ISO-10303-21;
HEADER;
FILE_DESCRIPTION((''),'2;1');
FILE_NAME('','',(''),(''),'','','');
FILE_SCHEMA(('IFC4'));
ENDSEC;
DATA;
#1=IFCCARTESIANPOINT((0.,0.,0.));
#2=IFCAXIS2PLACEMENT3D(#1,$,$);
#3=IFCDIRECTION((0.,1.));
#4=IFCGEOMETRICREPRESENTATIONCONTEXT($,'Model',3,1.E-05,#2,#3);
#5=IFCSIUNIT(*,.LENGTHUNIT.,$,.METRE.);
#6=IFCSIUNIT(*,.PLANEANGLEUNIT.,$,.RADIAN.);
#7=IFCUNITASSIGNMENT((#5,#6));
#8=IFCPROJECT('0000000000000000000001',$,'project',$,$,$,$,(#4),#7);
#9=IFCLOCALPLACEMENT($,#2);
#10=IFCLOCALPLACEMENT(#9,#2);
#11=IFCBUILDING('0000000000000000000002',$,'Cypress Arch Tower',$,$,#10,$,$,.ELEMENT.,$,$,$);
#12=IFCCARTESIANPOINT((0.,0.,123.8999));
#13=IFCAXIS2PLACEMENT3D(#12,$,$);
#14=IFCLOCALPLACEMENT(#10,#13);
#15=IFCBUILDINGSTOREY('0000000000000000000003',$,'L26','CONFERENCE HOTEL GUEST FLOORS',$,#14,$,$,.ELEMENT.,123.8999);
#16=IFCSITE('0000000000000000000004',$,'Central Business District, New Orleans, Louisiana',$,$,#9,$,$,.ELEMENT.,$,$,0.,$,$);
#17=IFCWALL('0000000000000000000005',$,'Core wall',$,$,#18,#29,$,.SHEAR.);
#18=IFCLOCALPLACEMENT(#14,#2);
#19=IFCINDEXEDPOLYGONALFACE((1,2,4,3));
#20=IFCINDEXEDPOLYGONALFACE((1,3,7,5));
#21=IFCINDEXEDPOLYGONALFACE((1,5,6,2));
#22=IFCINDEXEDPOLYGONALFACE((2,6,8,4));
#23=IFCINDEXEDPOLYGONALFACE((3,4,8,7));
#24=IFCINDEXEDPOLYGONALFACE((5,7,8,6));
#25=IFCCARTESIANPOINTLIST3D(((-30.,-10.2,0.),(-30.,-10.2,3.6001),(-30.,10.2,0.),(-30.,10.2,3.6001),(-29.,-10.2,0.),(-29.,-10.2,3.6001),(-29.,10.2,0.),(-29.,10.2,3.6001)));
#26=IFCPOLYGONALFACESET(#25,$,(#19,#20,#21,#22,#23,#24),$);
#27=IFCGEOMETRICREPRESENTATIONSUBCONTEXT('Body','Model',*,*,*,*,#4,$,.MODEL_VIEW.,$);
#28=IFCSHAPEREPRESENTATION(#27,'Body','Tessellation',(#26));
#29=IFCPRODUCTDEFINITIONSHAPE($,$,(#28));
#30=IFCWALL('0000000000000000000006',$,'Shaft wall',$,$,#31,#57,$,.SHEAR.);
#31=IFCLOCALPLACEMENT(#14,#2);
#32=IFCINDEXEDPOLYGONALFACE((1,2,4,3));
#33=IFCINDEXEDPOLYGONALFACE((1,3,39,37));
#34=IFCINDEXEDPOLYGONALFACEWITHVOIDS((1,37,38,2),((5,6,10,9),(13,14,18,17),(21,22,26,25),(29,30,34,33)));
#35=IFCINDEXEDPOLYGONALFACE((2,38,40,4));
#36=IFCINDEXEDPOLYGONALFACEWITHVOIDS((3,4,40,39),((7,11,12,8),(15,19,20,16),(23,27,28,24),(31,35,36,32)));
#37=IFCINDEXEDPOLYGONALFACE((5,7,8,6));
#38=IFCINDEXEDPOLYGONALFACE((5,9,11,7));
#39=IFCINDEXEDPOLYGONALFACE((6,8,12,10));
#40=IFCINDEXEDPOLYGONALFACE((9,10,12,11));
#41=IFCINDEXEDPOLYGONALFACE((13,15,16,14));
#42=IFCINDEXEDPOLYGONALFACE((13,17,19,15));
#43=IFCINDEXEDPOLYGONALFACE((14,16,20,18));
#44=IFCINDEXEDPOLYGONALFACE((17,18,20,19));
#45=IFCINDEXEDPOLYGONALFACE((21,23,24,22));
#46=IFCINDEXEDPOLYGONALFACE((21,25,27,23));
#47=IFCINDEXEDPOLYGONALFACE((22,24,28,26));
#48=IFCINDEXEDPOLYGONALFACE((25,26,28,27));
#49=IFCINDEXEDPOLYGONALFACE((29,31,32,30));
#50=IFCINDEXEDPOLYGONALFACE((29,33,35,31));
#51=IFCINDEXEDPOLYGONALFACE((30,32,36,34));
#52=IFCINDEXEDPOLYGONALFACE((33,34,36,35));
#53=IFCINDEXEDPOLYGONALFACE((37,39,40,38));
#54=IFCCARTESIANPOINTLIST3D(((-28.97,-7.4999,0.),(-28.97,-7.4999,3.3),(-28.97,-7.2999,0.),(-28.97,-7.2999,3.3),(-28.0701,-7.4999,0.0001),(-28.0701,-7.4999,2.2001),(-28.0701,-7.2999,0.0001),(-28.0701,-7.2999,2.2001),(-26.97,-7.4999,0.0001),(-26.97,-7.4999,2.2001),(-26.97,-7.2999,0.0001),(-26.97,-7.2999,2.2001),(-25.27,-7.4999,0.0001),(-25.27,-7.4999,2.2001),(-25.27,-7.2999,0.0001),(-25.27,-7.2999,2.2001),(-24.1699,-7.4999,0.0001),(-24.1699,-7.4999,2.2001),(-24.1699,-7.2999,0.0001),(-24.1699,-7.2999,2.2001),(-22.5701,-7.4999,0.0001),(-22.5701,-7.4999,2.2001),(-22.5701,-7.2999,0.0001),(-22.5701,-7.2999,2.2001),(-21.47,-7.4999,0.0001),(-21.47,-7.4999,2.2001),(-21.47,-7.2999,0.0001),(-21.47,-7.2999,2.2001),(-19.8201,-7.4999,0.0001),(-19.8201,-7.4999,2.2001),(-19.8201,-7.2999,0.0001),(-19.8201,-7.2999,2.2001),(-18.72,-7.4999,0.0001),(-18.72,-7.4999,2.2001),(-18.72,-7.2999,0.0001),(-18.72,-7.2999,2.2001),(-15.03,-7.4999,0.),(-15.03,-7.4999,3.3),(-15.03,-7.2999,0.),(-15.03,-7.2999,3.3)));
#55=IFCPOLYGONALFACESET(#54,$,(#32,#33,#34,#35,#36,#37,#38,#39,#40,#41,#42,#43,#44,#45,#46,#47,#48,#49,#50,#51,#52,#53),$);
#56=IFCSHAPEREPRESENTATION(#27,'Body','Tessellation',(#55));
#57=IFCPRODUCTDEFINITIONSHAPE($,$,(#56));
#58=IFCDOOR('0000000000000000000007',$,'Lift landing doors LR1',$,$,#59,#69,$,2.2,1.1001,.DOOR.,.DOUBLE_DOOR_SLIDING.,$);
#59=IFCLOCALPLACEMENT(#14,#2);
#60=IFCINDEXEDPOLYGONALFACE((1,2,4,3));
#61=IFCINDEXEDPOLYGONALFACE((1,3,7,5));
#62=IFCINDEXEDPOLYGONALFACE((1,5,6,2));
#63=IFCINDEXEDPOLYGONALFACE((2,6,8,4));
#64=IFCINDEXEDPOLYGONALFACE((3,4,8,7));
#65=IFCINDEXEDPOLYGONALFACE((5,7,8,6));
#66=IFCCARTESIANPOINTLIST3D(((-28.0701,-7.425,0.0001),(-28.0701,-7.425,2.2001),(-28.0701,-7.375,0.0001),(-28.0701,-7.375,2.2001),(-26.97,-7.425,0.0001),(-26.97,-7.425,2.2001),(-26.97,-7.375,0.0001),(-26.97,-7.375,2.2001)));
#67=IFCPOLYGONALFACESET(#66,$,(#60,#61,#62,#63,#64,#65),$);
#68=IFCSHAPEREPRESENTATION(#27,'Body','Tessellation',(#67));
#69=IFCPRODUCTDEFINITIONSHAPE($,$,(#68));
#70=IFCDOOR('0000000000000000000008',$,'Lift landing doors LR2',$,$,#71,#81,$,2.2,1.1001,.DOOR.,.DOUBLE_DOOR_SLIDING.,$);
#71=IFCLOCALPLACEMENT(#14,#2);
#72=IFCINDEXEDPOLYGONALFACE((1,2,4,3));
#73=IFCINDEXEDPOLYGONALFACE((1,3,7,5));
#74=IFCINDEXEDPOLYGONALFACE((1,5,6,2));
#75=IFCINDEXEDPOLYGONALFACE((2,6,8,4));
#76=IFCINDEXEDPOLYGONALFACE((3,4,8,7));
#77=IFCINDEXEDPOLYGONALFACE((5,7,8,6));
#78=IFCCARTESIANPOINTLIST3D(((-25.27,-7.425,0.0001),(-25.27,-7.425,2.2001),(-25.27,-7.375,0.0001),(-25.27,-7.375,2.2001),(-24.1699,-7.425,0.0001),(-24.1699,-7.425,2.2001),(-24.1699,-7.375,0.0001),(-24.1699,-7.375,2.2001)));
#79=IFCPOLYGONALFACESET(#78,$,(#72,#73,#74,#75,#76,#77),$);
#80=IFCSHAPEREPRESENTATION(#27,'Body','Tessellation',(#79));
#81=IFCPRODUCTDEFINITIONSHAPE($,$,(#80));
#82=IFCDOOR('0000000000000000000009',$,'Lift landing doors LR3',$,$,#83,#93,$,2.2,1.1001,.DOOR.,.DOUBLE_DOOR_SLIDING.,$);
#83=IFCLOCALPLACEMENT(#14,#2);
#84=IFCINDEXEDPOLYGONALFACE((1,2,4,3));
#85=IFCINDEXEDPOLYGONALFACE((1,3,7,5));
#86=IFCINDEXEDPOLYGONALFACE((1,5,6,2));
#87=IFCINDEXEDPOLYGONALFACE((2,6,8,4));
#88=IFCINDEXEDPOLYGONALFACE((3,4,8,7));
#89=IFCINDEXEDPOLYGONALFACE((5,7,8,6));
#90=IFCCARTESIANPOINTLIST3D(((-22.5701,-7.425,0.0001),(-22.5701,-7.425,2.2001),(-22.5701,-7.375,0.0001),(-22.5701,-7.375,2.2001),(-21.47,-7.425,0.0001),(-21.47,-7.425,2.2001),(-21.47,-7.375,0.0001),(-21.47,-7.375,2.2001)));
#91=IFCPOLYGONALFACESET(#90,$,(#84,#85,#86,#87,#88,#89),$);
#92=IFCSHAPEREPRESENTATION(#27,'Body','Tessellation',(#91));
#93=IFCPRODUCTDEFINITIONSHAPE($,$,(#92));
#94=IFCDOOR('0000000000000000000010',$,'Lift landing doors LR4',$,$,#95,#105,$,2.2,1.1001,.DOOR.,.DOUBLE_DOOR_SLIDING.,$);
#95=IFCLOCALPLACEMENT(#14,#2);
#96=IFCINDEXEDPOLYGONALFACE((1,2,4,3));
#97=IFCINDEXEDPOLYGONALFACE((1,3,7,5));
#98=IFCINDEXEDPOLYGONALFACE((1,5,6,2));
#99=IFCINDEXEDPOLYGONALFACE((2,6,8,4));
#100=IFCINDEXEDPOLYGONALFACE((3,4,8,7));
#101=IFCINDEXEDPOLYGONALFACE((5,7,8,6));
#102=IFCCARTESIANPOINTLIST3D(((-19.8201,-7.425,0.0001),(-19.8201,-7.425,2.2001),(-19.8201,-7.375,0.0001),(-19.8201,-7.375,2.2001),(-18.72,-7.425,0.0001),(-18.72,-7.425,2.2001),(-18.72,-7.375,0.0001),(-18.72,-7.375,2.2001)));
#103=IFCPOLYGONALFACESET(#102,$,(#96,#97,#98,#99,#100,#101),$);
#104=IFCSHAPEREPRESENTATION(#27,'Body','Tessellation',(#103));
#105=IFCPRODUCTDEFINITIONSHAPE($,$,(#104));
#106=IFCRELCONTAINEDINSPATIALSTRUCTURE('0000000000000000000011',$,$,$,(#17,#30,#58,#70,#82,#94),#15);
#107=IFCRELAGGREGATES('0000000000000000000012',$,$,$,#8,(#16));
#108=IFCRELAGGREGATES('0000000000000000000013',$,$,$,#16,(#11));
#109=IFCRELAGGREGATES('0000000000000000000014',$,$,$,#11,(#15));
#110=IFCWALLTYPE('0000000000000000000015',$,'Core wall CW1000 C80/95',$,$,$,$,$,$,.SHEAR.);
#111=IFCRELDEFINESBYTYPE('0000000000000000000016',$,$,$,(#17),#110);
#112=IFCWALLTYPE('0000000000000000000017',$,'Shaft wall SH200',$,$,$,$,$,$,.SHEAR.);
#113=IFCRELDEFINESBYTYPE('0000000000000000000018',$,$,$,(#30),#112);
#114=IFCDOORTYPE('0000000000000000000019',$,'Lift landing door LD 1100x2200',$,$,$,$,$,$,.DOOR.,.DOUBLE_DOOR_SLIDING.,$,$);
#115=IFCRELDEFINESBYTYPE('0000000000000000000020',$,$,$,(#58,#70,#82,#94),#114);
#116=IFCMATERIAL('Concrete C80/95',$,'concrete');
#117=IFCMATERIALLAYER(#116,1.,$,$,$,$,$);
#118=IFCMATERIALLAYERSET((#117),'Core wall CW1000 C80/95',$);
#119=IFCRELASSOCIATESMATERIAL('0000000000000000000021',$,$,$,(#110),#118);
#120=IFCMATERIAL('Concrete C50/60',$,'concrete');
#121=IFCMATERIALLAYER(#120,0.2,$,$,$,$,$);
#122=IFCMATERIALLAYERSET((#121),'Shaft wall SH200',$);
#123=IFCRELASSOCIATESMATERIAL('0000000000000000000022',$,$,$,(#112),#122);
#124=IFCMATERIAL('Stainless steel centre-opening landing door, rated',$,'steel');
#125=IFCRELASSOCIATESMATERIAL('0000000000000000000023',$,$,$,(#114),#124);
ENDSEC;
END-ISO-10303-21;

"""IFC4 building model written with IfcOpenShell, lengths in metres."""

from ifc_helpers import new_model, si_unit, direction, frame, frame_2d, origin, place, context, subcontext, project, spatial, rectangle, extrude, material, layer, layer_set, type_object, element, fill, save


model = new_model("IFC4")

# Units and contexts
model_context = context("Model", 3, precision=1e-05, world=origin(), true_north=direction((0.0, 1.0)))
body_context = subcontext(model_context, "Body", "Model", "MODEL_VIEW")
ifc_project = project(units=[si_unit("LENGTHUNIT", "METRE"), si_unit("PLANEANGLEUNIT", "RADIAN")], contexts=[model_context])

# Site, building, storey
site_placement = place(None, origin())
site = spatial("IfcSite", under=ifc_project, at=site_placement, Name="Central Business District, New Orleans, Louisiana", CompositionType="ELEMENT", RefElevation=0.0)
building_placement = place(site_placement, origin())
building = spatial("IfcBuilding", under=site, at=building_placement, Name="Cypress Arch Tower", CompositionType="ELEMENT")
storey_placement = place(building_placement, frame((0.0, 0.0, 123.8999)))
storey = spatial("IfcBuildingStorey", under=building, at=storey_placement, Name="L26", Description="CONFERENCE HOTEL GUEST FLOORS", CompositionType="ELEMENT", Elevation=123.8999)

# Wall
ifc_material_1 = material(Name="Concrete C80/95", Category="concrete")
ifc_layer_1 = layer(ifc_material_1, 1.0)
ifc_layer_set_1 = layer_set([ifc_layer_1], Name="Core wall CW1000 C80/95")
wall_type_1 = type_object("IfcWallType", Name="Core wall CW1000 C80/95", PredefinedType="SHEAR", material=ifc_layer_set_1)
wall_1_placement = place(storey_placement, frame((-29.5, -10.2, 0.0), z_axis=(0.0, 0.0, 1.0), x_axis=(0.0, 1.0, 0.0)))
element("IfcWall", 1, at=wall_1_placement, inside=storey, type_object=wall_type_1, Name="Core wall", PredefinedType="SHEAR", context=body_context, shape_type="SweptSolid", body=[
    extrude(rectangle(XDim=20.3999, YDim=1.0, at=frame_2d((10.2, 0.0))), origin(), (0.0, 0.0, 1.0), 3.6001),
])

# Wall, openings, doors
ifc_material_2 = material(Name="Concrete C50/60", Category="concrete")
ifc_layer_2 = layer(ifc_material_2, 0.2)
ifc_layer_set_2 = layer_set([ifc_layer_2], Name="Shaft wall SH200")
wall_type_2 = type_object("IfcWallType", Name="Shaft wall SH200", PredefinedType="SHEAR", material=ifc_layer_set_2)
wall_2_placement = place(storey_placement, frame((-28.97, -7.3999, 0.0), z_axis=(0.0, 0.0, 1.0), x_axis=(1.0, 0.0, 0.0)))
wall_2 = element("IfcWall", 2, at=wall_2_placement, inside=storey, type_object=wall_type_2, Name="Shaft wall", PredefinedType="SHEAR", context=body_context, shape_type="SweptSolid", body=[
    extrude(rectangle(XDim=13.9399, YDim=0.2, at=frame_2d((6.97, 0.0))), origin(), (0.0, 0.0, 1.0), 3.3),
])
opening_1_placement = place(wall_2_placement, frame((0.8999, 0.0, 0.0)))
opening_1 = element("IfcOpeningElement", 3, at=opening_1_placement, cuts=wall_2, PredefinedType="OPENING", context=body_context, shape_type="SweptSolid", body=[
    extrude(rectangle(XDim=1.1001, YDim=2.2, at=frame_2d((0.55, 1.1001))), frame((0.0, 0.1099, 0.0), z_axis=(0.0, -1.0, 0.0), x_axis=(1.0, 0.0, 0.0)), (0.0, 0.0, 1.0), 0.22),
])
opening_2_placement = place(wall_2_placement, frame((3.7, 0.0, 0.0)))
opening_2 = element("IfcOpeningElement", 4, at=opening_2_placement, cuts=wall_2, PredefinedType="OPENING", context=body_context, shape_type="SweptSolid", body=[
    extrude(rectangle(XDim=1.1001, YDim=2.2, at=frame_2d((0.55, 1.1001))), frame((0.0, 0.1099, 0.0), z_axis=(0.0, -1.0, 0.0), x_axis=(1.0, 0.0, 0.0)), (0.0, 0.0, 1.0), 0.22),
])
opening_3_placement = place(wall_2_placement, frame((6.3999, 0.0, 0.0)))
opening_3 = element("IfcOpeningElement", 5, at=opening_3_placement, cuts=wall_2, PredefinedType="OPENING", context=body_context, shape_type="SweptSolid", body=[
    extrude(rectangle(XDim=1.1001, YDim=2.2, at=frame_2d((0.55, 1.1001))), frame((0.0, 0.1099, 0.0), z_axis=(0.0, -1.0, 0.0), x_axis=(1.0, 0.0, 0.0)), (0.0, 0.0, 1.0), 0.22),
])
opening_4_placement = place(wall_2_placement, frame((9.1499, 0.0, 0.0)))
opening_4 = element("IfcOpeningElement", 6, at=opening_4_placement, cuts=wall_2, PredefinedType="OPENING", context=body_context, shape_type="SweptSolid", body=[
    extrude(rectangle(XDim=1.1001, YDim=2.2, at=frame_2d((0.55, 1.1001))), frame((0.0, 0.1099, 0.0), z_axis=(0.0, -1.0, 0.0), x_axis=(1.0, 0.0, 0.0)), (0.0, 0.0, 1.0), 0.22),
])
ifc_material_3 = material(Name="Stainless steel centre-opening landing door, rated", Category="steel")
door_type = type_object("IfcDoorType", Name="Lift landing door LD 1100x2200", OperationType="DOUBLE_DOOR_SLIDING", PredefinedType="DOOR", material=ifc_material_3)
door_1_placement = place(opening_1_placement, origin())
door_1 = element("IfcDoor", 7, at=door_1_placement, inside=storey, type_object=door_type, Name="Lift landing doors LR1", OperationType="DOUBLE_DOOR_SLIDING", OverallHeight=2.2, OverallWidth=1.1001, PredefinedType="DOOR", context=body_context, shape_type="SweptSolid", body=[
    extrude(rectangle(XDim=1.1001, YDim=2.2, at=frame_2d((0.55, 1.1001))), frame((0.0, 0.0249, 0.0), z_axis=(0.0, -1.0, 0.0), x_axis=(1.0, 0.0, 0.0)), (0.0, 0.0, 1.0), 0.05),
])
fill(opening_1, door_1)
door_2_placement = place(opening_2_placement, origin())
door_2 = element("IfcDoor", 8, at=door_2_placement, inside=storey, type_object=door_type, Name="Lift landing doors LR2", OperationType="DOUBLE_DOOR_SLIDING", OverallHeight=2.2, OverallWidth=1.1001, PredefinedType="DOOR", context=body_context, shape_type="SweptSolid", body=[
    extrude(rectangle(XDim=1.1001, YDim=2.2, at=frame_2d((0.55, 1.1001))), frame((0.0, 0.0249, 0.0), z_axis=(0.0, -1.0, 0.0), x_axis=(1.0, 0.0, 0.0)), (0.0, 0.0, 1.0), 0.05),
])
fill(opening_2, door_2)
door_3_placement = place(opening_3_placement, origin())
door_3 = element("IfcDoor", 9, at=door_3_placement, inside=storey, type_object=door_type, Name="Lift landing doors LR3", OperationType="DOUBLE_DOOR_SLIDING", OverallHeight=2.2, OverallWidth=1.1001, PredefinedType="DOOR", context=body_context, shape_type="SweptSolid", body=[
    extrude(rectangle(XDim=1.1001, YDim=2.2, at=frame_2d((0.55, 1.1001))), frame((0.0, 0.0249, 0.0), z_axis=(0.0, -1.0, 0.0), x_axis=(1.0, 0.0, 0.0)), (0.0, 0.0, 1.0), 0.05),
])
fill(opening_3, door_3)
door_4_placement = place(opening_4_placement, origin())
door_4 = element("IfcDoor", 10, at=door_4_placement, inside=storey, type_object=door_type, Name="Lift landing doors LR4", OperationType="DOUBLE_DOOR_SLIDING", OverallHeight=2.2, OverallWidth=1.1001, PredefinedType="DOOR", context=body_context, shape_type="SweptSolid", body=[
    extrude(rectangle(XDim=1.1001, YDim=2.2, at=frame_2d((0.55, 1.1001))), frame((0.0, 0.0249, 0.0), z_axis=(0.0, -1.0, 0.0), x_axis=(1.0, 0.0, 0.0)), (0.0, 0.0, 1.0), 0.05),
])
fill(opening_4, door_4)

save(model, "model.ifc")
